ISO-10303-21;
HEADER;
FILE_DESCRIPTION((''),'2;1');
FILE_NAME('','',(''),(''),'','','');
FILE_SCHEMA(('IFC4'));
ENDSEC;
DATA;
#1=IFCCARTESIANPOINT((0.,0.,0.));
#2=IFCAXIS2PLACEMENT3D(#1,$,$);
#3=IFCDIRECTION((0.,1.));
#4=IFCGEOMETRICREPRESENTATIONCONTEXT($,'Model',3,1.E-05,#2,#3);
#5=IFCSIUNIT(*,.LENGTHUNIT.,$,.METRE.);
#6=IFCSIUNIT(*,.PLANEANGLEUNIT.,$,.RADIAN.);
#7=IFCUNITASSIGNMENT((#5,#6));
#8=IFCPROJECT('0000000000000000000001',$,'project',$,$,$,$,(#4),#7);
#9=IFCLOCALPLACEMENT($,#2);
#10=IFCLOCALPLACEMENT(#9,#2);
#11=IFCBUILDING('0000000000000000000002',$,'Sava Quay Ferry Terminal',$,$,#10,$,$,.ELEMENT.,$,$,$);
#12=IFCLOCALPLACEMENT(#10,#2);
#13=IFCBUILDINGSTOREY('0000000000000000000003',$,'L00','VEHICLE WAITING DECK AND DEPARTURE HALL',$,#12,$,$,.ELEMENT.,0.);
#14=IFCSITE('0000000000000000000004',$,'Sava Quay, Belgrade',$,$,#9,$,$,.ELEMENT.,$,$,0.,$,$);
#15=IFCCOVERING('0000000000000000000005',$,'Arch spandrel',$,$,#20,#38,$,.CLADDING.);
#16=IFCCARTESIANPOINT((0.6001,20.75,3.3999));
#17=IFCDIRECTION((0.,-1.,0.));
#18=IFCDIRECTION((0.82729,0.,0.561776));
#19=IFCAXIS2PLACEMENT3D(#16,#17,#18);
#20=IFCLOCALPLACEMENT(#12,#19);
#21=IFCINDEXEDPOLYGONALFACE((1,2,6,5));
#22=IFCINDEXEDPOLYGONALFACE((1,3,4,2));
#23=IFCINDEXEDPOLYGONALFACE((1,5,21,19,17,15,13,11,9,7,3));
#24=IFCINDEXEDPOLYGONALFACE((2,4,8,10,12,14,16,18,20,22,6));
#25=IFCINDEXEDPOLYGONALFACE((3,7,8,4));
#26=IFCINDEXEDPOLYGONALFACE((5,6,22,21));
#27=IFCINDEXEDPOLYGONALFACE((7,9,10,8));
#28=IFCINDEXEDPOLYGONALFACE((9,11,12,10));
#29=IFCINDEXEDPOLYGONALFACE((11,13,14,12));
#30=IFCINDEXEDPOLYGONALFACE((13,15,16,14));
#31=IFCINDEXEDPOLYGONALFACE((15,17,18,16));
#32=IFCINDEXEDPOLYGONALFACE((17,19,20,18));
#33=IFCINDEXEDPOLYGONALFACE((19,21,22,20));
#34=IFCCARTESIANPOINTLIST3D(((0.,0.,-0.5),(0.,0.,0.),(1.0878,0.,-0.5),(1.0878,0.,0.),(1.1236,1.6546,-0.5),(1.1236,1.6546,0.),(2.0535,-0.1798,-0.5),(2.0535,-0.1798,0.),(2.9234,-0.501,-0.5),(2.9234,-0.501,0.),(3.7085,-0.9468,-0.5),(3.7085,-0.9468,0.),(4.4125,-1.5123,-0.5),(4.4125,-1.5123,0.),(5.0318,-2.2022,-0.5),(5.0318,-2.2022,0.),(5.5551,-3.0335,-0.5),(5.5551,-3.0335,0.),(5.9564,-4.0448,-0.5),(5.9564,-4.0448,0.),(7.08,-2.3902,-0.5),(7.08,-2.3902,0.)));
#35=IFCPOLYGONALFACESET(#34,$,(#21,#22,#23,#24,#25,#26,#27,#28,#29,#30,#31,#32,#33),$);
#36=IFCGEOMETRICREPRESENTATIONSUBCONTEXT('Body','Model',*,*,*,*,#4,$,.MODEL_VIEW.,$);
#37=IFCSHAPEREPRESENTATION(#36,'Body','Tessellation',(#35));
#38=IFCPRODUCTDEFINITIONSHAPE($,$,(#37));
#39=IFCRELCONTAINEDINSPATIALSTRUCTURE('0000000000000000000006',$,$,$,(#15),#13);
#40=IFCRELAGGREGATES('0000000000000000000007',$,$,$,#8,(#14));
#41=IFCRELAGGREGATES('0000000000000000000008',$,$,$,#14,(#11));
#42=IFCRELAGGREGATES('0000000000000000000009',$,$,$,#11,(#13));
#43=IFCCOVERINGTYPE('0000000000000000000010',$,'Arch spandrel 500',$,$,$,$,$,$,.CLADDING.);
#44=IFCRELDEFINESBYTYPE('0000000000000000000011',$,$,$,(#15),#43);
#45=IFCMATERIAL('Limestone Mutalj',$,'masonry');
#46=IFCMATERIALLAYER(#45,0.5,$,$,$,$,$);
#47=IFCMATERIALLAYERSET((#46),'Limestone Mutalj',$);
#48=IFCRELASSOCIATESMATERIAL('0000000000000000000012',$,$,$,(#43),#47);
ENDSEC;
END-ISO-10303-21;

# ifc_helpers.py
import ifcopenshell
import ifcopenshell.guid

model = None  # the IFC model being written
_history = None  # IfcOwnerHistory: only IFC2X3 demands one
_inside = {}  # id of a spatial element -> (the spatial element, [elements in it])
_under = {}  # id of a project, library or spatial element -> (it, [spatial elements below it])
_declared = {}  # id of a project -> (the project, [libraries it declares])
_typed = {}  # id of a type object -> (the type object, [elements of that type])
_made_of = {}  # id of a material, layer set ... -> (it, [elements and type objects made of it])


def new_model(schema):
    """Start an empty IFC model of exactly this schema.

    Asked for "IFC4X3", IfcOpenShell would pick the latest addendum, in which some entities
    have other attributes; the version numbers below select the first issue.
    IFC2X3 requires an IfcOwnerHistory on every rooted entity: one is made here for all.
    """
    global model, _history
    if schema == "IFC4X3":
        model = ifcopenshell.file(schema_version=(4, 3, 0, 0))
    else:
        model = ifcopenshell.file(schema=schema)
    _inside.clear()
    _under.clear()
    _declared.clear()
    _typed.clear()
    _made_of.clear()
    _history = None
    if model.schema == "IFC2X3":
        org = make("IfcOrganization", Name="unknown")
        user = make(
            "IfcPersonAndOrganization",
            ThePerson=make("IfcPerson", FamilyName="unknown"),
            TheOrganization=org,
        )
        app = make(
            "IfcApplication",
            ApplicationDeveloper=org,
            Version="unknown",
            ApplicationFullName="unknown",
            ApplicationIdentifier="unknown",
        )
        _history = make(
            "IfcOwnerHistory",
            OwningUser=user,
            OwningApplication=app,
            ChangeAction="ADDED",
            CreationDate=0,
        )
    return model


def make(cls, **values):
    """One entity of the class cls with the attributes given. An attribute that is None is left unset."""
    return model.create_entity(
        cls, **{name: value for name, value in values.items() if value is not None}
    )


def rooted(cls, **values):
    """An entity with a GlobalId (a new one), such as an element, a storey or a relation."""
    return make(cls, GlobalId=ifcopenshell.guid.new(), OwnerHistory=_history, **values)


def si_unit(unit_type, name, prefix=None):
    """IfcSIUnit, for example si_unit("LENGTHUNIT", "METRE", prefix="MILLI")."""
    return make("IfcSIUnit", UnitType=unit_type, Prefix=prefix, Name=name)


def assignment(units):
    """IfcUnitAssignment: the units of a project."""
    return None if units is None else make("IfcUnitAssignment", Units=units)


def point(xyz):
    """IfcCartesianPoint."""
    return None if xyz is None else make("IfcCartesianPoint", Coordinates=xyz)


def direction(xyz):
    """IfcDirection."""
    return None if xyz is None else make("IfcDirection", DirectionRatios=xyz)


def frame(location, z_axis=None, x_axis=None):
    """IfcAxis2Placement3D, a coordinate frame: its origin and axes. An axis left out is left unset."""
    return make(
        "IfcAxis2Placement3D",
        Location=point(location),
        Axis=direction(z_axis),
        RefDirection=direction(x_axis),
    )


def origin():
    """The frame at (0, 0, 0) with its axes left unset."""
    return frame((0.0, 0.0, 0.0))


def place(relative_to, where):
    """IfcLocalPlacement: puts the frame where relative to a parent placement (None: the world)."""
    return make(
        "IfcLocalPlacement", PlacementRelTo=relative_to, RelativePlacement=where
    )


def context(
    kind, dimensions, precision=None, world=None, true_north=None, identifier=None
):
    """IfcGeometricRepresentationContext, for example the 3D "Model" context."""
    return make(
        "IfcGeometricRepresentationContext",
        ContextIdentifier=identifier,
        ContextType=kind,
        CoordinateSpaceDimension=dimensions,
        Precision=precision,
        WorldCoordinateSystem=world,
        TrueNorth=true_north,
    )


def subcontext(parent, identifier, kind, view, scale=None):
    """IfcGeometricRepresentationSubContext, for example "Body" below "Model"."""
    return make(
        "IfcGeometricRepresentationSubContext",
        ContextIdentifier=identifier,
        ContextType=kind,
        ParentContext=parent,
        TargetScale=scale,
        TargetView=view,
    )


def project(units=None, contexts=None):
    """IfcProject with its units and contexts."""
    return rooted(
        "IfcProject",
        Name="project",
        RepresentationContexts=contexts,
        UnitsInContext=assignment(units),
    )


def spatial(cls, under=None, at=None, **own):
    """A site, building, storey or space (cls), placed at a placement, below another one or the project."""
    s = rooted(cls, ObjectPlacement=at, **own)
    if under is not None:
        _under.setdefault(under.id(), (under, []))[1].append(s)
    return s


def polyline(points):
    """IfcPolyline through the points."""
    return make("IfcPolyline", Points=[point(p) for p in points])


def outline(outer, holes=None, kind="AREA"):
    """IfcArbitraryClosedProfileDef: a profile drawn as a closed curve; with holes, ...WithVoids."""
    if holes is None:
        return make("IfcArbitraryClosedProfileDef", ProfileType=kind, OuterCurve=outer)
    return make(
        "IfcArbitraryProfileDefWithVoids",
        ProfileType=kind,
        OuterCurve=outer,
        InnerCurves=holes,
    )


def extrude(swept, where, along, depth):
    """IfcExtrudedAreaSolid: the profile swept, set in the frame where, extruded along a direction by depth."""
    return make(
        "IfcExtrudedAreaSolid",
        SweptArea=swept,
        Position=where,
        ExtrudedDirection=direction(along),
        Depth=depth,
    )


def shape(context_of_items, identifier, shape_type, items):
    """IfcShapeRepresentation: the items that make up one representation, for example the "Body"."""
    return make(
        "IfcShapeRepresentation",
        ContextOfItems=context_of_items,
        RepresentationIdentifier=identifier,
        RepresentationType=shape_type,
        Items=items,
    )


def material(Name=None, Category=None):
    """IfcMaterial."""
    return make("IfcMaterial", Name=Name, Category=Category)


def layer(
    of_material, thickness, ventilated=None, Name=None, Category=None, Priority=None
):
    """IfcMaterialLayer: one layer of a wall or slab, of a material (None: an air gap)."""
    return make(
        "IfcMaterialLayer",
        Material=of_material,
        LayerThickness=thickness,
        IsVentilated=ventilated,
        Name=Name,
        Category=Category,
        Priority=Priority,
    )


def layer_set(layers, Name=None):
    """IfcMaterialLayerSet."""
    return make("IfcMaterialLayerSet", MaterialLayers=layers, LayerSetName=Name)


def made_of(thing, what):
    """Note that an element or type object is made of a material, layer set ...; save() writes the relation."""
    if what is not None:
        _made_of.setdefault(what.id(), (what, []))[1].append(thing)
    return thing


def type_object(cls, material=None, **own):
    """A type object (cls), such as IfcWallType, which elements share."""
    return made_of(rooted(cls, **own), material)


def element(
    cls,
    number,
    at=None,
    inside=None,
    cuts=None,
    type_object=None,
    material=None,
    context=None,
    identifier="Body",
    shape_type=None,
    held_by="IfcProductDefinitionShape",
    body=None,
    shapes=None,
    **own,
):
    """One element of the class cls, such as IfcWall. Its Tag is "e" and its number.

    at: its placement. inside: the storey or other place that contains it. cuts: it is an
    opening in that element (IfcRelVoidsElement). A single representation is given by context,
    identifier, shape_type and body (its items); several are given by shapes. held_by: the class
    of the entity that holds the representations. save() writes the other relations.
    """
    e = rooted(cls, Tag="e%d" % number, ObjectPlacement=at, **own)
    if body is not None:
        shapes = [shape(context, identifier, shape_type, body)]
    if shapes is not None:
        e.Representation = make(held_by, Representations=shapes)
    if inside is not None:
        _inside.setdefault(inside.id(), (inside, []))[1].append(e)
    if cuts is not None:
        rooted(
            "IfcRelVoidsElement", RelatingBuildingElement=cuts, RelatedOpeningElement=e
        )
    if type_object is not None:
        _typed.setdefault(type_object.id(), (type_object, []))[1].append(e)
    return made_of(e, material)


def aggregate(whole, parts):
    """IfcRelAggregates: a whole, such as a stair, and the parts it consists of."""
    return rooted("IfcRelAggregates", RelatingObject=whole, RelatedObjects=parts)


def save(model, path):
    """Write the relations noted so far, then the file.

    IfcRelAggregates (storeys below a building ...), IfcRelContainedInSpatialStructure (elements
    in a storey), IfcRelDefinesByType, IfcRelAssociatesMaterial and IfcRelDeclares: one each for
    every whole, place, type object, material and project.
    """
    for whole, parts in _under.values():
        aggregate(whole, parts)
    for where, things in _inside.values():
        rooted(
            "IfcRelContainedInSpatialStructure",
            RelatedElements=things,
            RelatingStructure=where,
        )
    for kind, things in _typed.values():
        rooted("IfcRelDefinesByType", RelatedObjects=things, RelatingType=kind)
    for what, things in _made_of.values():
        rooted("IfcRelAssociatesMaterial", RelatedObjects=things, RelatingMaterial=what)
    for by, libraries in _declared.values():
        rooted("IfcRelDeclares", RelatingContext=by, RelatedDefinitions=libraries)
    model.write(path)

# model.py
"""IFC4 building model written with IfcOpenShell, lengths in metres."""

from ifc_helpers import new_model, si_unit, direction, frame, origin, place, context, subcontext, project, spatial, polyline, outline, extrude, material, layer, layer_set, type_object, element, save


model = new_model("IFC4")

# Units and contexts
model_context = context("Model", 3, precision=1e-05, world=origin(), true_north=direction((0.0, 1.0)))
body_context = subcontext(model_context, "Body", "Model", "MODEL_VIEW")
ifc_project = project(units=[si_unit("LENGTHUNIT", "METRE"), si_unit("PLANEANGLEUNIT", "RADIAN")], contexts=[model_context])

# Site, building, storey
site_placement = place(None, origin())
site = spatial("IfcSite", under=ifc_project, at=site_placement, Name="Sava Quay, Belgrade", CompositionType="ELEMENT", RefElevation=0.0)
building_placement = place(site_placement, origin())
building = spatial("IfcBuilding", under=site, at=building_placement, Name="Sava Quay Ferry Terminal", CompositionType="ELEMENT")
storey_placement = place(building_placement, origin())
storey = spatial("IfcBuildingStorey", under=building, at=storey_placement, Name="L00", Description="VEHICLE WAITING DECK AND DEPARTURE HALL", CompositionType="ELEMENT", Elevation=0.0)

# Covering
ifc_material_1 = material(Name="Limestone Mutalj", Category="masonry")
ifc_layer_1 = layer(ifc_material_1, 0.5)
ifc_layer_set_1 = layer_set([ifc_layer_1], Name="Limestone Mutalj")
covering_type_1 = type_object("IfcCoveringType", Name="Arch spandrel 500", PredefinedType="CLADDING", material=ifc_layer_set_1)
covering_placement = place(storey_placement, frame((0.6001, 20.75, 3.3999), z_axis=(0.0, -1.0, 0.0), x_axis=(0.82729, 0.0, 0.561776)))
element("IfcCovering", 1, at=covering_placement, inside=storey, type_object=covering_type_1, Name="Arch spandrel", PredefinedType="CLADDING", context=body_context, shape_type="SweptSolid", body=[
    extrude(outline(polyline([(0.0, 0.0), (1.0878, 0.0), (2.0535, -0.1798), (2.9234, -0.501), (3.7085, -0.9468), (4.4125, -1.5123), (5.0318, -2.2022), (5.5551, -3.0335), (5.9564, -4.0448), (7.08, -2.3902), (1.1236, 1.6546), (0.0, 0.0)])), origin(), (0.0, 0.0, -1.0), 0.5),
])

save(model, "model.ifc")
